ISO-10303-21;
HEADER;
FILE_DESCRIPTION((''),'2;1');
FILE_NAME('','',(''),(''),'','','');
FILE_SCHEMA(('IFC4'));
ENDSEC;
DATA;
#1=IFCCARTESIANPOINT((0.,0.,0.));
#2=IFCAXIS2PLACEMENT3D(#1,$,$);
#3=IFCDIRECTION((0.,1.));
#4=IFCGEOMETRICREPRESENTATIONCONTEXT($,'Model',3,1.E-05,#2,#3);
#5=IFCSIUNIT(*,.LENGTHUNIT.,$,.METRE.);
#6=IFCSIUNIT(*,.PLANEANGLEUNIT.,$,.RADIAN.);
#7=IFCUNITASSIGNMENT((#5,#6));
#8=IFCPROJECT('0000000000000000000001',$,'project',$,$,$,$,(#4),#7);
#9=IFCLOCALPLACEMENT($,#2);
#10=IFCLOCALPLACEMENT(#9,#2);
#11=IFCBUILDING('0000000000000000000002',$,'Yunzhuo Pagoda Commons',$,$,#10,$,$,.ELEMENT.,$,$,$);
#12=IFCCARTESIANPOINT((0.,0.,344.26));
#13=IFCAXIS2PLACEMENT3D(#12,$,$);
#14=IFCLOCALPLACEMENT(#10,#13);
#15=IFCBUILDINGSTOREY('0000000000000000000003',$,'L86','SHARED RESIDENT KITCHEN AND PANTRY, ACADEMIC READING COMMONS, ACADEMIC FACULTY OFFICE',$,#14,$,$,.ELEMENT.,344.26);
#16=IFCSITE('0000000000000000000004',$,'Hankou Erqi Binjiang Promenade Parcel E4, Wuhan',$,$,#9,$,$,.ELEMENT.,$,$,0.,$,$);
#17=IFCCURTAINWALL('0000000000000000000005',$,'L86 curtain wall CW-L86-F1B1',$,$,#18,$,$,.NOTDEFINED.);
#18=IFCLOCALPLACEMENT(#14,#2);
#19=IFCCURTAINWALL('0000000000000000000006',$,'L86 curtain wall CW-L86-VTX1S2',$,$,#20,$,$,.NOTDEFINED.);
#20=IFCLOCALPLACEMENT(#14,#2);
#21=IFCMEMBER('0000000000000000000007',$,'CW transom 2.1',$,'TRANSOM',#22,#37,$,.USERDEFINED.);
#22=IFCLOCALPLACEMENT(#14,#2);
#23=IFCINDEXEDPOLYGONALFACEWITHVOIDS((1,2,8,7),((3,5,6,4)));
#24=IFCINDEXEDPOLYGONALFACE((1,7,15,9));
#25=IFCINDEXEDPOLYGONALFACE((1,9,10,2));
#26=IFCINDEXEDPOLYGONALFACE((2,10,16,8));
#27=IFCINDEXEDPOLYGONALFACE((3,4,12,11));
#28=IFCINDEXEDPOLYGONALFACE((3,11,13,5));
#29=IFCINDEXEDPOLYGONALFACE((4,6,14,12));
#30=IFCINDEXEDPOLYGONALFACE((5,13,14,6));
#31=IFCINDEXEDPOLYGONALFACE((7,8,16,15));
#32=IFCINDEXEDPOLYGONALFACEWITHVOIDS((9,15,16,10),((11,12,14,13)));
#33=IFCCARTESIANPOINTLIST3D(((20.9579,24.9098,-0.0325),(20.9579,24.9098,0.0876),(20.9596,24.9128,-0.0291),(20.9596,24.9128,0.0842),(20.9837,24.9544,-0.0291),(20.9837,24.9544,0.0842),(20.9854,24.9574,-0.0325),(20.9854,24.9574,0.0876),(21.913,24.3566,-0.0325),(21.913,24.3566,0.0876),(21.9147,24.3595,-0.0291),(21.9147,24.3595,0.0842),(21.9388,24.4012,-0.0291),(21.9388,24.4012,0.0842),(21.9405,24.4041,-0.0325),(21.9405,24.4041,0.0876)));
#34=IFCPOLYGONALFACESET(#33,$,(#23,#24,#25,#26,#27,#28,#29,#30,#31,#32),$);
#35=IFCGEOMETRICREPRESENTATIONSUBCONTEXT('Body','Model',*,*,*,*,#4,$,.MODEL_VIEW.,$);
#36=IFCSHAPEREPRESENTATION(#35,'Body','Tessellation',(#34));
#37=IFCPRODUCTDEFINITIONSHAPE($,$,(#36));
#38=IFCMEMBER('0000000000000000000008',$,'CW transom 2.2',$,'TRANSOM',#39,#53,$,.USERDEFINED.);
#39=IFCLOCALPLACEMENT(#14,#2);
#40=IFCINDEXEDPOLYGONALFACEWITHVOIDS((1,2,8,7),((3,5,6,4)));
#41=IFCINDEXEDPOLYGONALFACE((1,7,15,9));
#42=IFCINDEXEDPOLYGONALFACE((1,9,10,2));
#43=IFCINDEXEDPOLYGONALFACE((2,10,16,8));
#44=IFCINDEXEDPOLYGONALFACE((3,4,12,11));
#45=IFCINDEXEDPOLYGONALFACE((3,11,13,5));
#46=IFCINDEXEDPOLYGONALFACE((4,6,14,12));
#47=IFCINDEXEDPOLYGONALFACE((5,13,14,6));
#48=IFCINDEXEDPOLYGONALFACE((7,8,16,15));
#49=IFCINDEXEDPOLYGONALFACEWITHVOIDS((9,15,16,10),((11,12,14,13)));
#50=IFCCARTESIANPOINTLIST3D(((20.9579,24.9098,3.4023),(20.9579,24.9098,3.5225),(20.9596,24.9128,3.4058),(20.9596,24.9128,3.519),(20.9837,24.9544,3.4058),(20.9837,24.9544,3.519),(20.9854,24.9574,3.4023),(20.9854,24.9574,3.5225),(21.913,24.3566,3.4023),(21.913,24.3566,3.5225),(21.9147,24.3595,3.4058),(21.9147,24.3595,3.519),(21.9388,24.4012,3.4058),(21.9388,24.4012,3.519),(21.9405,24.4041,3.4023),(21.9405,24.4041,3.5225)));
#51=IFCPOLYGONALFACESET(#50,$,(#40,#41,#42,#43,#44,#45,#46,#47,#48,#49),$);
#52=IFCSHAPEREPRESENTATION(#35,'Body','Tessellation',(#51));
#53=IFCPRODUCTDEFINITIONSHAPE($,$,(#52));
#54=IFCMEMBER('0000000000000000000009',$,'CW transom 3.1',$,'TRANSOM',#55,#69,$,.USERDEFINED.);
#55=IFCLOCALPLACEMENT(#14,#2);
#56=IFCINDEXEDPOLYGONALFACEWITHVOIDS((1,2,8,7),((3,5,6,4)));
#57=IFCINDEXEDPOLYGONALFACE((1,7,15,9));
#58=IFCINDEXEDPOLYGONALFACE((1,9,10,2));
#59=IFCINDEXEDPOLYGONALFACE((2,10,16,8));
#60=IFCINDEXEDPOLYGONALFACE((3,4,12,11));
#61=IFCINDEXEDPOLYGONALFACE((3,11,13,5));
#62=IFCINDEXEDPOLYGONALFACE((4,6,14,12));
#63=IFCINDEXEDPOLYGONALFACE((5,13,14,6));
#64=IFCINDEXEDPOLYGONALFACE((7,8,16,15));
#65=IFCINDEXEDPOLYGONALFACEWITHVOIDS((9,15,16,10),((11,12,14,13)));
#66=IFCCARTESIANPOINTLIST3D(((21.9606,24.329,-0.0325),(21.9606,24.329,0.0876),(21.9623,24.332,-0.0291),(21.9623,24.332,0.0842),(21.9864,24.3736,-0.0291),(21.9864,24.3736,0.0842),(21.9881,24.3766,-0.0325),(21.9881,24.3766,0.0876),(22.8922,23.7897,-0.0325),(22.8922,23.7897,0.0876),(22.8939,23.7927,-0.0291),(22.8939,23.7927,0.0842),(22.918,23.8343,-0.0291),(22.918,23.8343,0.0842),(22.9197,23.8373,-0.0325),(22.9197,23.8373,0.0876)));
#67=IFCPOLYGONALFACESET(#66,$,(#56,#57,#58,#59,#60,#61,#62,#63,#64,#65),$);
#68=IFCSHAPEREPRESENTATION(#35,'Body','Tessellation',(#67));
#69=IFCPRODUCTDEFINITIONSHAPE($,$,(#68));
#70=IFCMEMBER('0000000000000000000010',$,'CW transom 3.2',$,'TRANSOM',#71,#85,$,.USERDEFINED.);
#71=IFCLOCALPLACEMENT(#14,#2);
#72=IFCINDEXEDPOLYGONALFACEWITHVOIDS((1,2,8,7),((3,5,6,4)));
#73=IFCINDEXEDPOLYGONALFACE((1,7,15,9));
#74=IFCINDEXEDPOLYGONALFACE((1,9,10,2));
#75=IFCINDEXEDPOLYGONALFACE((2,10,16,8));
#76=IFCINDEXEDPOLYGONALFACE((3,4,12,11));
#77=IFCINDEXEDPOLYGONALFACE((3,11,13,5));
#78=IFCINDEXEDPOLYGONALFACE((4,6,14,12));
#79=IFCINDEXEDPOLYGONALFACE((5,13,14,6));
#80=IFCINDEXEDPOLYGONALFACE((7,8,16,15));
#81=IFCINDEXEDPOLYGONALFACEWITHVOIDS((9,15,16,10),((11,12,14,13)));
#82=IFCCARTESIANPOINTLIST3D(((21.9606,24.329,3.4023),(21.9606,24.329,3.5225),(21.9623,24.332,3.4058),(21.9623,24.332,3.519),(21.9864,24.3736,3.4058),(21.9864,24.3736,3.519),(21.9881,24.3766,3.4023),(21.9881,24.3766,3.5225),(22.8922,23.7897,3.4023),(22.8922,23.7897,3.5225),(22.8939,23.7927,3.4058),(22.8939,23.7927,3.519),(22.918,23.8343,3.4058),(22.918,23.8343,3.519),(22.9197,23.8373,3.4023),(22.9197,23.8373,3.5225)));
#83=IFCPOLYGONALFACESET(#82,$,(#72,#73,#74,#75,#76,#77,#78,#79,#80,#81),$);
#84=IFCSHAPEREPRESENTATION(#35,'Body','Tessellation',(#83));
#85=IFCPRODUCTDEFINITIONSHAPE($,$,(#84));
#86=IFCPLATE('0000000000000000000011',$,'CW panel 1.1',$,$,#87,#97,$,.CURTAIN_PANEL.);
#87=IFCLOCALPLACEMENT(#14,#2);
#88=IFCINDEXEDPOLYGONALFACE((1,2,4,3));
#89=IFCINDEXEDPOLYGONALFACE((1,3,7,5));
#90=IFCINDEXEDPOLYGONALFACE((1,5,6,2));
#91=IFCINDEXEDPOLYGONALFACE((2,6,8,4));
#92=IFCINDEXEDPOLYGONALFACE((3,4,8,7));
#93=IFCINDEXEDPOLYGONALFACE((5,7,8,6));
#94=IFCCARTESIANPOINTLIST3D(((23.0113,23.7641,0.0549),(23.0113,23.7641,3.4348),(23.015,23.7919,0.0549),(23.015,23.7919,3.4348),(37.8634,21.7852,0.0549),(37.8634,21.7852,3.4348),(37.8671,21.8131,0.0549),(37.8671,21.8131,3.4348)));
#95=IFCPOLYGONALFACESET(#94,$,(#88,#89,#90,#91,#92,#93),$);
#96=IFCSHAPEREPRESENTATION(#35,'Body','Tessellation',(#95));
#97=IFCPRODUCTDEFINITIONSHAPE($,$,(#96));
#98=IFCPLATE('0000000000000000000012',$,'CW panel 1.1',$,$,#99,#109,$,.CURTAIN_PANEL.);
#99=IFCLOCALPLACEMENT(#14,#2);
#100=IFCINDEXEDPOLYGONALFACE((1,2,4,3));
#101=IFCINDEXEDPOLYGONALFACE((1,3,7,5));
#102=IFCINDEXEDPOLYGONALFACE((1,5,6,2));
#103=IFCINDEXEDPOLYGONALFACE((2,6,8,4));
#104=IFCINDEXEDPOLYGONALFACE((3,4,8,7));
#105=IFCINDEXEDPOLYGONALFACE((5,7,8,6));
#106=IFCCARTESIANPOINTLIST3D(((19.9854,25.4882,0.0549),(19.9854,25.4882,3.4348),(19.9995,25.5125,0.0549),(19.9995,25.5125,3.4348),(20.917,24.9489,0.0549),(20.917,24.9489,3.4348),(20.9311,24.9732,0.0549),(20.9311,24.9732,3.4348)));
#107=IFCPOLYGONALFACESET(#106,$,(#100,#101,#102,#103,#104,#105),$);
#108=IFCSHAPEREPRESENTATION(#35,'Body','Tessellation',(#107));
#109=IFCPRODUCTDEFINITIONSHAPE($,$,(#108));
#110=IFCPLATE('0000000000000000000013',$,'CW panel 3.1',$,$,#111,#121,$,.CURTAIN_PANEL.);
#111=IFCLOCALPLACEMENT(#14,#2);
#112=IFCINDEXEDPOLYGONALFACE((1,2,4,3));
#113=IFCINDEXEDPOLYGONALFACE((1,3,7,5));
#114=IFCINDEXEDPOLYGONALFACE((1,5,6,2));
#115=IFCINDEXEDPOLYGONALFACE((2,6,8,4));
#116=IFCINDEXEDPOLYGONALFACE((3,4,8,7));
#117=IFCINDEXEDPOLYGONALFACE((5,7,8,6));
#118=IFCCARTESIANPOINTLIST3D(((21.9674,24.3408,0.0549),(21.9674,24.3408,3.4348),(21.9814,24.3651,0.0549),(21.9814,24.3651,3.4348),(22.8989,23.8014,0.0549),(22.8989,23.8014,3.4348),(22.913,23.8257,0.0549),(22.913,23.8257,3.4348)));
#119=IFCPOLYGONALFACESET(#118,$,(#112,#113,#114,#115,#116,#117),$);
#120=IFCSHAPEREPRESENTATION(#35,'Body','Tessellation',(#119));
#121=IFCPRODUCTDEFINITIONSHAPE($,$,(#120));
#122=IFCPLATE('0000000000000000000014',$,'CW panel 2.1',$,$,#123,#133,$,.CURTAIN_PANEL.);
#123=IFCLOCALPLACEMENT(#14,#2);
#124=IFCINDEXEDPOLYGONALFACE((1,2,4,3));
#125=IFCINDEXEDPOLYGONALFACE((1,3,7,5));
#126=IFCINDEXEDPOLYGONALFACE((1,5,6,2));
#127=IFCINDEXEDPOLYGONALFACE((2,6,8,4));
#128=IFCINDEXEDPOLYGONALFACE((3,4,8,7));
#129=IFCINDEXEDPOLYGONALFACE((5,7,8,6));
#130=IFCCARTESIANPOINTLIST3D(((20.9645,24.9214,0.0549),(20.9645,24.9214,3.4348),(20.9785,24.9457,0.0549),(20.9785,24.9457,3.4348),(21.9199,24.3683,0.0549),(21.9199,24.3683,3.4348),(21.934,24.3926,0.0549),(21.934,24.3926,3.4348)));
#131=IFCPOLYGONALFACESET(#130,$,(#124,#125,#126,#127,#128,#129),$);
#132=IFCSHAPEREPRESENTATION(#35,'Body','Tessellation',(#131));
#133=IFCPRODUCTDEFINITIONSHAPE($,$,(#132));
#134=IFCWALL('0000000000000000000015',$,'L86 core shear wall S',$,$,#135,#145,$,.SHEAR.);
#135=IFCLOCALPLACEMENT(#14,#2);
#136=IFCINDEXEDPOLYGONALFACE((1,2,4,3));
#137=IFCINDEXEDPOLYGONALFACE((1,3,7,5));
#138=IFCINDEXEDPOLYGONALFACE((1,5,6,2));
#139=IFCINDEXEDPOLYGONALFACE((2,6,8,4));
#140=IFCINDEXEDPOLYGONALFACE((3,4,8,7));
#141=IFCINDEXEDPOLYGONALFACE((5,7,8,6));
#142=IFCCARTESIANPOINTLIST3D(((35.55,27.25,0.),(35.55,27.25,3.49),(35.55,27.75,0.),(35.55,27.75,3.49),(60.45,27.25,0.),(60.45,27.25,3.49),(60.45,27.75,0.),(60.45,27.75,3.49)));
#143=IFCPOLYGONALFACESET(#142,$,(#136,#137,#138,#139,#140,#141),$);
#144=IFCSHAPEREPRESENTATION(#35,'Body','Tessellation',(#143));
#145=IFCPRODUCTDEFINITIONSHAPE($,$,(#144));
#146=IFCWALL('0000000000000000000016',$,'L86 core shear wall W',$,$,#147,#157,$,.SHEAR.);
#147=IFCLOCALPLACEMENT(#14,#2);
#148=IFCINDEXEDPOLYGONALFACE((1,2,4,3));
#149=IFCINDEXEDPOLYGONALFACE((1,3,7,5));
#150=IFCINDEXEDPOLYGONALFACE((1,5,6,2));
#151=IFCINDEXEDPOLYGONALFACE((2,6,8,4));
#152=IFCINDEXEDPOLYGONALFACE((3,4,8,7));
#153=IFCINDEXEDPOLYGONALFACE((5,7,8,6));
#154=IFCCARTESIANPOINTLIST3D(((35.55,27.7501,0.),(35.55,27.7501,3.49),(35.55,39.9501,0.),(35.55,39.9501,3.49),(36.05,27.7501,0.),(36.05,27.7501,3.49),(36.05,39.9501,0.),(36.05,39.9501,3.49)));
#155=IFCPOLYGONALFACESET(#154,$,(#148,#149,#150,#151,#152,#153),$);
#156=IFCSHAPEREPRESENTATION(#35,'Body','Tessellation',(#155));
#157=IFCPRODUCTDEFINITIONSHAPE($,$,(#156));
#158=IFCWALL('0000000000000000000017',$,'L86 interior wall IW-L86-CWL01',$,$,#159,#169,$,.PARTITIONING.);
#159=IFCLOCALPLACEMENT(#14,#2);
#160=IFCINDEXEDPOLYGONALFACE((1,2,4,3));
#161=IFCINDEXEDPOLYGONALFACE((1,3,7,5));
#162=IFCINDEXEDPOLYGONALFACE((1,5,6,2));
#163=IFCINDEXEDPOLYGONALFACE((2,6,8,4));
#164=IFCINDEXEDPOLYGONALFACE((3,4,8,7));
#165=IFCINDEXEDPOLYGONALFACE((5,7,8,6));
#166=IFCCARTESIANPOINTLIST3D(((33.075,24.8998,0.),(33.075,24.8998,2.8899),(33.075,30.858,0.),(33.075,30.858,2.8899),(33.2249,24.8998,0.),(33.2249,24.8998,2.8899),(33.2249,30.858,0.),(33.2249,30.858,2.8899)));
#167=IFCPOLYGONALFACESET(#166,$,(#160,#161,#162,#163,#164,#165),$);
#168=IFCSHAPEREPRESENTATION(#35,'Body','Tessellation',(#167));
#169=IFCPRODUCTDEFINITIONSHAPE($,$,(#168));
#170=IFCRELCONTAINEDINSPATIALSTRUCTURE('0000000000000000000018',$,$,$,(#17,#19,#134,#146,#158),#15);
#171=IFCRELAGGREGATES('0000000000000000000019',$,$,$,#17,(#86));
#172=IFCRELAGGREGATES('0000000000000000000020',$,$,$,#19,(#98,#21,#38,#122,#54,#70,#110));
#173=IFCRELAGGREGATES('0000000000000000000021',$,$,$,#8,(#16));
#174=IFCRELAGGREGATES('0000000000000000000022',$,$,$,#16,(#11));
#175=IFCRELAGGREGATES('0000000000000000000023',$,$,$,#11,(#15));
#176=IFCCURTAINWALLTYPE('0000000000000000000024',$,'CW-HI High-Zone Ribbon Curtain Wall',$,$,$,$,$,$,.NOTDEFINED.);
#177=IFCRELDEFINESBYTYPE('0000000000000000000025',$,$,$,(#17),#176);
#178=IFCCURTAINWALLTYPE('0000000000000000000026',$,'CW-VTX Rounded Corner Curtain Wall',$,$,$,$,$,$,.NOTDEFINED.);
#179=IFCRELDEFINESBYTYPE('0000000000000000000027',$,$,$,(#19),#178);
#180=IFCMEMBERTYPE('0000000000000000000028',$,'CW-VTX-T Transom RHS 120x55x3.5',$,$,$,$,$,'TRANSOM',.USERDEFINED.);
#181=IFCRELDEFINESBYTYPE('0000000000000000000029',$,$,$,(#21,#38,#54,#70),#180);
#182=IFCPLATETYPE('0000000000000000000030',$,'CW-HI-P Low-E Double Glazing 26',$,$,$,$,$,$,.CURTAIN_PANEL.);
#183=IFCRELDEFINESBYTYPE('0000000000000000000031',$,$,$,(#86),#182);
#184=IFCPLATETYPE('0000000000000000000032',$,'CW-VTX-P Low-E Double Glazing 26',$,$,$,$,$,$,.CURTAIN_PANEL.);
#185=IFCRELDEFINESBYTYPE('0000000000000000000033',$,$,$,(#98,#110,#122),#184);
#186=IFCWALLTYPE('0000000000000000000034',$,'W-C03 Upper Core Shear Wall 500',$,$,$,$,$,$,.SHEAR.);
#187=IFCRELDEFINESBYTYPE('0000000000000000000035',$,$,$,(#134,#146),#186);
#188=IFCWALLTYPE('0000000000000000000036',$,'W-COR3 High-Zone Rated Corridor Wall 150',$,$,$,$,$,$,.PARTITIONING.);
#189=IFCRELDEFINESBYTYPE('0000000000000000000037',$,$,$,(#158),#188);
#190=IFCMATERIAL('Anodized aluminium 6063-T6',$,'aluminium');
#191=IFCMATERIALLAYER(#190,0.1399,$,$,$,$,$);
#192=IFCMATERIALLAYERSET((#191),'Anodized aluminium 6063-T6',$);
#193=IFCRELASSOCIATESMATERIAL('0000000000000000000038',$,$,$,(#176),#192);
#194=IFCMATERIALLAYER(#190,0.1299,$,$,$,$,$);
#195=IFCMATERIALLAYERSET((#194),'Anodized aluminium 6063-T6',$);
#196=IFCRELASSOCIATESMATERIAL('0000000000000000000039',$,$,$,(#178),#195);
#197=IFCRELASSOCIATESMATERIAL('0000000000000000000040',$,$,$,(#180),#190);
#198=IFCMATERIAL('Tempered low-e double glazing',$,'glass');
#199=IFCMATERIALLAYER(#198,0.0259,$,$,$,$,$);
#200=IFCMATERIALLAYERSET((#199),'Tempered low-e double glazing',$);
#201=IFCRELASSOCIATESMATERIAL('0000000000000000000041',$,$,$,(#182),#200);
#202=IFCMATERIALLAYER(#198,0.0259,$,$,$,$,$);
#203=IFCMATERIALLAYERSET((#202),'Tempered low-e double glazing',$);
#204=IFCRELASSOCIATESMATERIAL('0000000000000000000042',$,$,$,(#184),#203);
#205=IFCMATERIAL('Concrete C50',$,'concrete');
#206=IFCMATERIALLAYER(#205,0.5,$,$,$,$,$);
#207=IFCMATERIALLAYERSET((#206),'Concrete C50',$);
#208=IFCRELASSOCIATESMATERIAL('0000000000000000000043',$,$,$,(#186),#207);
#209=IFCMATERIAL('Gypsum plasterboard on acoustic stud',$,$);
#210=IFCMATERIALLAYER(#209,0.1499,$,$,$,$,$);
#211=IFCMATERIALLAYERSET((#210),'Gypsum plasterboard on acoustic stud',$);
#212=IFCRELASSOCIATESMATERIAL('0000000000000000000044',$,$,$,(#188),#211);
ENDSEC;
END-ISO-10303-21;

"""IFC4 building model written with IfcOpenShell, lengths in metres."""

from ifc_helpers import new_model, si_unit, direction, frame, frame_2d, origin, origin_2d, place, context, subcontext, project, spatial, rectangle, hollow_rectangle, extrude, source, transform, mapped, material, layer, layer_set, material_profile, profile_set, type_object, element, aggregate, save


model = new_model("IFC4")

# Units and contexts
model_context = context("Model", 3, precision=1e-05, world=origin(), true_north=direction((0.0, 1.0)))
body_context = subcontext(model_context, "Body", "Model", "MODEL_VIEW")
ifc_project = project(units=[si_unit("LENGTHUNIT", "METRE"), si_unit("PLANEANGLEUNIT", "RADIAN")], contexts=[model_context])

# Site, building, storey
site_placement = place(None, origin())
site = spatial("IfcSite", under=ifc_project, at=site_placement, Name="Hankou Erqi Binjiang Promenade Parcel E4, Wuhan", CompositionType="ELEMENT", RefElevation=0.0)
building_placement = place(site_placement, origin())
building = spatial("IfcBuilding", under=site, at=building_placement, Name="Yunzhuo Pagoda Commons", CompositionType="ELEMENT")
storey_placement = place(building_placement, frame((0.0, 0.0, 344.26)))
storey = spatial("IfcBuildingStorey", under=building, at=storey_placement, Name="L86", Description="SHARED RESIDENT KITCHEN AND PANTRY, ACADEMIC READING COMMONS, ACADEMIC FACULTY OFFICE", CompositionType="ELEMENT", Elevation=344.26)

# Curtain walls, members
ifc_material_1 = material(Name="Anodized aluminium 6063-T6", Category="aluminium")
ifc_layer_1 = layer(ifc_material_1, 0.1399)
ifc_layer_set_1 = layer_set([ifc_layer_1], Name="Anodized aluminium 6063-T6")
curtain_wall_type_1 = type_object("IfcCurtainWallType", Name="CW-HI High-Zone Ribbon Curtain Wall", PredefinedType="NOTDEFINED", material=ifc_layer_set_1)
curtain_wall_1_placement = place(storey_placement, origin())
curtain_wall_1 = element("IfcCurtainWall", 1, at=curtain_wall_1_placement, inside=storey, type_object=curtain_wall_type_1, Name="L86 curtain wall CW-L86-F1B1", PredefinedType="NOTDEFINED")
ifc_layer_2 = layer(ifc_material_1, 0.1299)
ifc_layer_set_2 = layer_set([ifc_layer_2], Name="Anodized aluminium 6063-T6")
curtain_wall_type_2 = type_object("IfcCurtainWallType", Name="CW-VTX Rounded Corner Curtain Wall", PredefinedType="NOTDEFINED", material=ifc_layer_set_2)
curtain_wall_2_placement = place(storey_placement, origin())
curtain_wall_2 = element("IfcCurtainWall", 2, at=curtain_wall_2_placement, inside=storey, type_object=curtain_wall_type_2, Name="L86 curtain wall CW-L86-VTX1S2", PredefinedType="NOTDEFINED")
ifc_material_profile_1 = material_profile(ifc_material_1, hollow_rectangle(XDim=0.0549, YDim=0.1201, WallThickness=0.0034, at=origin_2d()), Name="Anodized aluminium 6063-T6")
ifc_profile_set_1 = profile_set([ifc_material_profile_1], Name="Anodized aluminium 6063-T6")
member_type_1 = type_object("IfcMemberType", Name="CW-VTX-T Transom RHS 120x55x3.5", ElementType="TRANSOM", PredefinedType="USERDEFINED", material=ifc_profile_set_1)
shared_shape_1 = source(origin(), body_context, "Body", "SweptSolid", [
    extrude(hollow_rectangle(XDim=0.0549, YDim=0.1201, WallThickness=0.0034, at=origin_2d()), origin(), (0.0, 0.0, 1.0), 1.1038),
])
member_1_placement = place(storey_placement, frame((20.9717, 24.9336, 0.0276), z_axis=(0.865315, -0.501228, 0.0), x_axis=(0.501228, 0.865315, 0.0)))
member_1 = element("IfcMember", 3, at=member_1_placement, type_object=member_type_1, Name="CW transom 2.1", ObjectType="TRANSOM", PredefinedType="USERDEFINED", context=body_context, shape_type="MappedRepresentation", body=[
    mapped(shared_shape_1, transform((0.0, 0.0, 0.0), scale=1.0)),
])
member_2_placement = place(storey_placement, frame((20.9717, 24.9336, 3.4624), z_axis=(0.865315, -0.501228, 0.0), x_axis=(0.501228, 0.865315, 0.0)))
member_2 = element("IfcMember", 4, at=member_2_placement, type_object=member_type_1, Name="CW transom 2.2", ObjectType="TRANSOM", PredefinedType="USERDEFINED", context=body_context, shape_type="MappedRepresentation", body=[
    mapped(shared_shape_1, transform((0.0, 0.0, 0.0), scale=1.0)),
])
shared_shape_2 = source(origin(), body_context, "Body", "SweptSolid", [
    extrude(hollow_rectangle(XDim=0.0549, YDim=0.1201, WallThickness=0.0034, at=origin_2d()), origin(), (0.0, 0.0, 1.0), 1.0764),
])
member_3_placement = place(storey_placement, frame((21.9744, 24.3528, 0.0276), z_axis=(0.865452, -0.500992, 0.0), x_axis=(0.500992, 0.865452, 0.0)))
member_3 = element("IfcMember", 5, at=member_3_placement, type_object=member_type_1, Name="CW transom 3.1", ObjectType="TRANSOM", PredefinedType="USERDEFINED", context=body_context, shape_type="MappedRepresentation", body=[
    mapped(shared_shape_2, transform((0.0, 0.0, 0.0), scale=1.0)),
])
member_4_placement = place(storey_placement, frame((21.9744, 24.3528, 3.4624), z_axis=(0.865452, -0.500992, 0.0), x_axis=(0.500992, 0.865452, 0.0)))
member_4 = element("IfcMember", 6, at=member_4_placement, type_object=member_type_1, Name="CW transom 3.2", ObjectType="TRANSOM", PredefinedType="USERDEFINED", context=body_context, shape_type="MappedRepresentation", body=[
    mapped(shared_shape_2, transform((0.0, 0.0, 0.0), scale=1.0)),
])

# Plates
ifc_material_2 = material(Name="Tempered low-e double glazing", Category="glass")
ifc_layer_3 = layer(ifc_material_2, 0.0259)
ifc_layer_set_3 = layer_set([ifc_layer_3], Name="Tempered low-e double glazing")
plate_type_1 = type_object("IfcPlateType", Name="CW-HI-P Low-E Double Glazing 26", PredefinedType="CURTAIN_PANEL", material=ifc_layer_set_3)
shared_shape_3 = source(origin(), body_context, "Body", "SweptSolid", [
    extrude(rectangle(XDim=14.9834, YDim=0.0281, at=origin_2d()), origin(), (0.0, 0.0, 1.0), 3.3799),
])
plate_1_placement = place(storey_placement, frame((30.4392, 22.7886, 0.0549), z_axis=(0.0, 0.0, 1.0), x_axis=(0.991241, -0.132069, 0.0)))
plate_1 = element("IfcPlate", 7, at=plate_1_placement, type_object=plate_type_1, Name="CW panel 1.1", PredefinedType="CURTAIN_PANEL", context=body_context, shape_type="MappedRepresentation", body=[
    mapped(shared_shape_3, transform((0.0, 0.0, 0.0), scale=1.0)),
])
aggregate(curtain_wall_1, [plate_1])
ifc_layer_4 = layer(ifc_material_2, 0.0259)
ifc_layer_set_4 = layer_set([ifc_layer_4], Name="Tempered low-e double glazing")
plate_type_2 = type_object("IfcPlateType", Name="CW-VTX-P Low-E Double Glazing 26", PredefinedType="CURTAIN_PANEL", material=ifc_layer_set_4)
shared_shape_4 = source(origin(), body_context, "Body", "SweptSolid", [
    extrude(rectangle(XDim=1.0764, YDim=0.0281, at=origin_2d()), origin(), (0.0, 0.0, 1.0), 3.3799),
])
plate_2_placement = place(storey_placement, frame((20.4583, 25.2307, 0.0549), z_axis=(0.0, 0.0, 1.0), x_axis=(0.865431, -0.501028, 0.0)))
plate_2 = element("IfcPlate", 8, at=plate_2_placement, type_object=plate_type_2, Name="CW panel 1.1", PredefinedType="CURTAIN_PANEL", context=body_context, shape_type="MappedRepresentation", body=[
    mapped(shared_shape_4, transform((0.0, 0.0, 0.0), scale=1.0)),
])
plate_3_placement = place(storey_placement, frame((22.4402, 24.0833, 0.0549), z_axis=(0.0, 0.0, 1.0), x_axis=(0.865431, -0.501028, 0.0)))
plate_3 = element("IfcPlate", 9, at=plate_3_placement, type_object=plate_type_2, Name="CW panel 3.1", PredefinedType="CURTAIN_PANEL", context=body_context, shape_type="MappedRepresentation", body=[
    mapped(shared_shape_4, transform((0.0, 0.0, 0.0), scale=1.0)),
])
shared_shape_5 = source(origin(), body_context, "Body", "SweptSolid", [
    extrude(rectangle(XDim=1.104, YDim=0.0281, at=origin_2d()), origin(), (0.0, 0.0, 1.0), 3.3799),
])
plate_4_placement = place(storey_placement, frame((21.4492, 24.657, 0.0549), z_axis=(0.0, 0.0, 1.0), x_axis=(0.865431, -0.501028, 0.0)))
plate_4 = element("IfcPlate", 10, at=plate_4_placement, type_object=plate_type_2, Name="CW panel 2.1", PredefinedType="CURTAIN_PANEL", context=body_context, shape_type="MappedRepresentation", body=[
    mapped(shared_shape_5, transform((0.0, 0.0, 0.0), scale=1.0)),
])
aggregate(curtain_wall_2, [plate_2, member_1, member_2, plate_4, member_3, member_4, plate_3])

# Walls
ifc_material_3 = material(Name="Concrete C50", Category="concrete")
ifc_layer_5 = layer(ifc_material_3, 0.5)
ifc_layer_set_5 = layer_set([ifc_layer_5], Name="Concrete C50")
wall_type_1 = type_object("IfcWallType", Name="W-C03 Upper Core Shear Wall 500", PredefinedType="SHEAR", material=ifc_layer_set_5)
wall_1_placement = place(storey_placement, frame((35.55, 27.5, 0.0), z_axis=(0.0, 0.0, 1.0), x_axis=(1.0, 0.0, 0.0)))
element("IfcWall", 11, at=wall_1_placement, inside=storey, type_object=wall_type_1, Name="L86 core shear wall S", PredefinedType="SHEAR", context=body_context, shape_type="SweptSolid", body=[
    extrude(rectangle(XDim=24.8999, YDim=0.5, at=frame_2d((12.45, 0.0))), origin(), (0.0, 0.0, 1.0), 3.49),
])
wall_2_placement = place(storey_placement, frame((35.8, 27.75, 0.0), z_axis=(0.0, 0.0, 1.0), x_axis=(0.0, 1.0, 0.0)))
element("IfcWall", 12, at=wall_2_placement, inside=storey, type_object=wall_type_1, Name="L86 core shear wall W", PredefinedType="SHEAR", context=body_context, shape_type="SweptSolid", body=[
    extrude(rectangle(XDim=12.2, YDim=0.5, at=frame_2d((6.1001, 0.0))), origin(), (0.0, 0.0, 1.0), 3.49),
])
ifc_material_4 = material(Name="Gypsum plasterboard on acoustic stud")
ifc_layer_6 = layer(ifc_material_4, 0.1499)
ifc_layer_set_6 = layer_set([ifc_layer_6], Name="Gypsum plasterboard on acoustic stud")
wall_type_2 = type_object("IfcWallType", Name="W-COR3 High-Zone Rated Corridor Wall 150", PredefinedType="PARTITIONING", material=ifc_layer_set_6)
wall_3_placement = place(storey_placement, frame((33.1499, 24.8999, 0.0), z_axis=(0.0, 0.0, 1.0), x_axis=(0.0, 1.0, 0.0)))
element("IfcWall", 13, at=wall_3_placement, inside=storey, type_object=wall_type_2, Name="L86 interior wall IW-L86-CWL01", PredefinedType="PARTITIONING", context=body_context, shape_type="SweptSolid", body=[
    extrude(rectangle(XDim=5.9583, YDim=0.1499, at=frame_2d((2.979, 0.0))), origin(), (0.0, 0.0, 1.0), 2.8899),
])

save(model, "model.ifc")
